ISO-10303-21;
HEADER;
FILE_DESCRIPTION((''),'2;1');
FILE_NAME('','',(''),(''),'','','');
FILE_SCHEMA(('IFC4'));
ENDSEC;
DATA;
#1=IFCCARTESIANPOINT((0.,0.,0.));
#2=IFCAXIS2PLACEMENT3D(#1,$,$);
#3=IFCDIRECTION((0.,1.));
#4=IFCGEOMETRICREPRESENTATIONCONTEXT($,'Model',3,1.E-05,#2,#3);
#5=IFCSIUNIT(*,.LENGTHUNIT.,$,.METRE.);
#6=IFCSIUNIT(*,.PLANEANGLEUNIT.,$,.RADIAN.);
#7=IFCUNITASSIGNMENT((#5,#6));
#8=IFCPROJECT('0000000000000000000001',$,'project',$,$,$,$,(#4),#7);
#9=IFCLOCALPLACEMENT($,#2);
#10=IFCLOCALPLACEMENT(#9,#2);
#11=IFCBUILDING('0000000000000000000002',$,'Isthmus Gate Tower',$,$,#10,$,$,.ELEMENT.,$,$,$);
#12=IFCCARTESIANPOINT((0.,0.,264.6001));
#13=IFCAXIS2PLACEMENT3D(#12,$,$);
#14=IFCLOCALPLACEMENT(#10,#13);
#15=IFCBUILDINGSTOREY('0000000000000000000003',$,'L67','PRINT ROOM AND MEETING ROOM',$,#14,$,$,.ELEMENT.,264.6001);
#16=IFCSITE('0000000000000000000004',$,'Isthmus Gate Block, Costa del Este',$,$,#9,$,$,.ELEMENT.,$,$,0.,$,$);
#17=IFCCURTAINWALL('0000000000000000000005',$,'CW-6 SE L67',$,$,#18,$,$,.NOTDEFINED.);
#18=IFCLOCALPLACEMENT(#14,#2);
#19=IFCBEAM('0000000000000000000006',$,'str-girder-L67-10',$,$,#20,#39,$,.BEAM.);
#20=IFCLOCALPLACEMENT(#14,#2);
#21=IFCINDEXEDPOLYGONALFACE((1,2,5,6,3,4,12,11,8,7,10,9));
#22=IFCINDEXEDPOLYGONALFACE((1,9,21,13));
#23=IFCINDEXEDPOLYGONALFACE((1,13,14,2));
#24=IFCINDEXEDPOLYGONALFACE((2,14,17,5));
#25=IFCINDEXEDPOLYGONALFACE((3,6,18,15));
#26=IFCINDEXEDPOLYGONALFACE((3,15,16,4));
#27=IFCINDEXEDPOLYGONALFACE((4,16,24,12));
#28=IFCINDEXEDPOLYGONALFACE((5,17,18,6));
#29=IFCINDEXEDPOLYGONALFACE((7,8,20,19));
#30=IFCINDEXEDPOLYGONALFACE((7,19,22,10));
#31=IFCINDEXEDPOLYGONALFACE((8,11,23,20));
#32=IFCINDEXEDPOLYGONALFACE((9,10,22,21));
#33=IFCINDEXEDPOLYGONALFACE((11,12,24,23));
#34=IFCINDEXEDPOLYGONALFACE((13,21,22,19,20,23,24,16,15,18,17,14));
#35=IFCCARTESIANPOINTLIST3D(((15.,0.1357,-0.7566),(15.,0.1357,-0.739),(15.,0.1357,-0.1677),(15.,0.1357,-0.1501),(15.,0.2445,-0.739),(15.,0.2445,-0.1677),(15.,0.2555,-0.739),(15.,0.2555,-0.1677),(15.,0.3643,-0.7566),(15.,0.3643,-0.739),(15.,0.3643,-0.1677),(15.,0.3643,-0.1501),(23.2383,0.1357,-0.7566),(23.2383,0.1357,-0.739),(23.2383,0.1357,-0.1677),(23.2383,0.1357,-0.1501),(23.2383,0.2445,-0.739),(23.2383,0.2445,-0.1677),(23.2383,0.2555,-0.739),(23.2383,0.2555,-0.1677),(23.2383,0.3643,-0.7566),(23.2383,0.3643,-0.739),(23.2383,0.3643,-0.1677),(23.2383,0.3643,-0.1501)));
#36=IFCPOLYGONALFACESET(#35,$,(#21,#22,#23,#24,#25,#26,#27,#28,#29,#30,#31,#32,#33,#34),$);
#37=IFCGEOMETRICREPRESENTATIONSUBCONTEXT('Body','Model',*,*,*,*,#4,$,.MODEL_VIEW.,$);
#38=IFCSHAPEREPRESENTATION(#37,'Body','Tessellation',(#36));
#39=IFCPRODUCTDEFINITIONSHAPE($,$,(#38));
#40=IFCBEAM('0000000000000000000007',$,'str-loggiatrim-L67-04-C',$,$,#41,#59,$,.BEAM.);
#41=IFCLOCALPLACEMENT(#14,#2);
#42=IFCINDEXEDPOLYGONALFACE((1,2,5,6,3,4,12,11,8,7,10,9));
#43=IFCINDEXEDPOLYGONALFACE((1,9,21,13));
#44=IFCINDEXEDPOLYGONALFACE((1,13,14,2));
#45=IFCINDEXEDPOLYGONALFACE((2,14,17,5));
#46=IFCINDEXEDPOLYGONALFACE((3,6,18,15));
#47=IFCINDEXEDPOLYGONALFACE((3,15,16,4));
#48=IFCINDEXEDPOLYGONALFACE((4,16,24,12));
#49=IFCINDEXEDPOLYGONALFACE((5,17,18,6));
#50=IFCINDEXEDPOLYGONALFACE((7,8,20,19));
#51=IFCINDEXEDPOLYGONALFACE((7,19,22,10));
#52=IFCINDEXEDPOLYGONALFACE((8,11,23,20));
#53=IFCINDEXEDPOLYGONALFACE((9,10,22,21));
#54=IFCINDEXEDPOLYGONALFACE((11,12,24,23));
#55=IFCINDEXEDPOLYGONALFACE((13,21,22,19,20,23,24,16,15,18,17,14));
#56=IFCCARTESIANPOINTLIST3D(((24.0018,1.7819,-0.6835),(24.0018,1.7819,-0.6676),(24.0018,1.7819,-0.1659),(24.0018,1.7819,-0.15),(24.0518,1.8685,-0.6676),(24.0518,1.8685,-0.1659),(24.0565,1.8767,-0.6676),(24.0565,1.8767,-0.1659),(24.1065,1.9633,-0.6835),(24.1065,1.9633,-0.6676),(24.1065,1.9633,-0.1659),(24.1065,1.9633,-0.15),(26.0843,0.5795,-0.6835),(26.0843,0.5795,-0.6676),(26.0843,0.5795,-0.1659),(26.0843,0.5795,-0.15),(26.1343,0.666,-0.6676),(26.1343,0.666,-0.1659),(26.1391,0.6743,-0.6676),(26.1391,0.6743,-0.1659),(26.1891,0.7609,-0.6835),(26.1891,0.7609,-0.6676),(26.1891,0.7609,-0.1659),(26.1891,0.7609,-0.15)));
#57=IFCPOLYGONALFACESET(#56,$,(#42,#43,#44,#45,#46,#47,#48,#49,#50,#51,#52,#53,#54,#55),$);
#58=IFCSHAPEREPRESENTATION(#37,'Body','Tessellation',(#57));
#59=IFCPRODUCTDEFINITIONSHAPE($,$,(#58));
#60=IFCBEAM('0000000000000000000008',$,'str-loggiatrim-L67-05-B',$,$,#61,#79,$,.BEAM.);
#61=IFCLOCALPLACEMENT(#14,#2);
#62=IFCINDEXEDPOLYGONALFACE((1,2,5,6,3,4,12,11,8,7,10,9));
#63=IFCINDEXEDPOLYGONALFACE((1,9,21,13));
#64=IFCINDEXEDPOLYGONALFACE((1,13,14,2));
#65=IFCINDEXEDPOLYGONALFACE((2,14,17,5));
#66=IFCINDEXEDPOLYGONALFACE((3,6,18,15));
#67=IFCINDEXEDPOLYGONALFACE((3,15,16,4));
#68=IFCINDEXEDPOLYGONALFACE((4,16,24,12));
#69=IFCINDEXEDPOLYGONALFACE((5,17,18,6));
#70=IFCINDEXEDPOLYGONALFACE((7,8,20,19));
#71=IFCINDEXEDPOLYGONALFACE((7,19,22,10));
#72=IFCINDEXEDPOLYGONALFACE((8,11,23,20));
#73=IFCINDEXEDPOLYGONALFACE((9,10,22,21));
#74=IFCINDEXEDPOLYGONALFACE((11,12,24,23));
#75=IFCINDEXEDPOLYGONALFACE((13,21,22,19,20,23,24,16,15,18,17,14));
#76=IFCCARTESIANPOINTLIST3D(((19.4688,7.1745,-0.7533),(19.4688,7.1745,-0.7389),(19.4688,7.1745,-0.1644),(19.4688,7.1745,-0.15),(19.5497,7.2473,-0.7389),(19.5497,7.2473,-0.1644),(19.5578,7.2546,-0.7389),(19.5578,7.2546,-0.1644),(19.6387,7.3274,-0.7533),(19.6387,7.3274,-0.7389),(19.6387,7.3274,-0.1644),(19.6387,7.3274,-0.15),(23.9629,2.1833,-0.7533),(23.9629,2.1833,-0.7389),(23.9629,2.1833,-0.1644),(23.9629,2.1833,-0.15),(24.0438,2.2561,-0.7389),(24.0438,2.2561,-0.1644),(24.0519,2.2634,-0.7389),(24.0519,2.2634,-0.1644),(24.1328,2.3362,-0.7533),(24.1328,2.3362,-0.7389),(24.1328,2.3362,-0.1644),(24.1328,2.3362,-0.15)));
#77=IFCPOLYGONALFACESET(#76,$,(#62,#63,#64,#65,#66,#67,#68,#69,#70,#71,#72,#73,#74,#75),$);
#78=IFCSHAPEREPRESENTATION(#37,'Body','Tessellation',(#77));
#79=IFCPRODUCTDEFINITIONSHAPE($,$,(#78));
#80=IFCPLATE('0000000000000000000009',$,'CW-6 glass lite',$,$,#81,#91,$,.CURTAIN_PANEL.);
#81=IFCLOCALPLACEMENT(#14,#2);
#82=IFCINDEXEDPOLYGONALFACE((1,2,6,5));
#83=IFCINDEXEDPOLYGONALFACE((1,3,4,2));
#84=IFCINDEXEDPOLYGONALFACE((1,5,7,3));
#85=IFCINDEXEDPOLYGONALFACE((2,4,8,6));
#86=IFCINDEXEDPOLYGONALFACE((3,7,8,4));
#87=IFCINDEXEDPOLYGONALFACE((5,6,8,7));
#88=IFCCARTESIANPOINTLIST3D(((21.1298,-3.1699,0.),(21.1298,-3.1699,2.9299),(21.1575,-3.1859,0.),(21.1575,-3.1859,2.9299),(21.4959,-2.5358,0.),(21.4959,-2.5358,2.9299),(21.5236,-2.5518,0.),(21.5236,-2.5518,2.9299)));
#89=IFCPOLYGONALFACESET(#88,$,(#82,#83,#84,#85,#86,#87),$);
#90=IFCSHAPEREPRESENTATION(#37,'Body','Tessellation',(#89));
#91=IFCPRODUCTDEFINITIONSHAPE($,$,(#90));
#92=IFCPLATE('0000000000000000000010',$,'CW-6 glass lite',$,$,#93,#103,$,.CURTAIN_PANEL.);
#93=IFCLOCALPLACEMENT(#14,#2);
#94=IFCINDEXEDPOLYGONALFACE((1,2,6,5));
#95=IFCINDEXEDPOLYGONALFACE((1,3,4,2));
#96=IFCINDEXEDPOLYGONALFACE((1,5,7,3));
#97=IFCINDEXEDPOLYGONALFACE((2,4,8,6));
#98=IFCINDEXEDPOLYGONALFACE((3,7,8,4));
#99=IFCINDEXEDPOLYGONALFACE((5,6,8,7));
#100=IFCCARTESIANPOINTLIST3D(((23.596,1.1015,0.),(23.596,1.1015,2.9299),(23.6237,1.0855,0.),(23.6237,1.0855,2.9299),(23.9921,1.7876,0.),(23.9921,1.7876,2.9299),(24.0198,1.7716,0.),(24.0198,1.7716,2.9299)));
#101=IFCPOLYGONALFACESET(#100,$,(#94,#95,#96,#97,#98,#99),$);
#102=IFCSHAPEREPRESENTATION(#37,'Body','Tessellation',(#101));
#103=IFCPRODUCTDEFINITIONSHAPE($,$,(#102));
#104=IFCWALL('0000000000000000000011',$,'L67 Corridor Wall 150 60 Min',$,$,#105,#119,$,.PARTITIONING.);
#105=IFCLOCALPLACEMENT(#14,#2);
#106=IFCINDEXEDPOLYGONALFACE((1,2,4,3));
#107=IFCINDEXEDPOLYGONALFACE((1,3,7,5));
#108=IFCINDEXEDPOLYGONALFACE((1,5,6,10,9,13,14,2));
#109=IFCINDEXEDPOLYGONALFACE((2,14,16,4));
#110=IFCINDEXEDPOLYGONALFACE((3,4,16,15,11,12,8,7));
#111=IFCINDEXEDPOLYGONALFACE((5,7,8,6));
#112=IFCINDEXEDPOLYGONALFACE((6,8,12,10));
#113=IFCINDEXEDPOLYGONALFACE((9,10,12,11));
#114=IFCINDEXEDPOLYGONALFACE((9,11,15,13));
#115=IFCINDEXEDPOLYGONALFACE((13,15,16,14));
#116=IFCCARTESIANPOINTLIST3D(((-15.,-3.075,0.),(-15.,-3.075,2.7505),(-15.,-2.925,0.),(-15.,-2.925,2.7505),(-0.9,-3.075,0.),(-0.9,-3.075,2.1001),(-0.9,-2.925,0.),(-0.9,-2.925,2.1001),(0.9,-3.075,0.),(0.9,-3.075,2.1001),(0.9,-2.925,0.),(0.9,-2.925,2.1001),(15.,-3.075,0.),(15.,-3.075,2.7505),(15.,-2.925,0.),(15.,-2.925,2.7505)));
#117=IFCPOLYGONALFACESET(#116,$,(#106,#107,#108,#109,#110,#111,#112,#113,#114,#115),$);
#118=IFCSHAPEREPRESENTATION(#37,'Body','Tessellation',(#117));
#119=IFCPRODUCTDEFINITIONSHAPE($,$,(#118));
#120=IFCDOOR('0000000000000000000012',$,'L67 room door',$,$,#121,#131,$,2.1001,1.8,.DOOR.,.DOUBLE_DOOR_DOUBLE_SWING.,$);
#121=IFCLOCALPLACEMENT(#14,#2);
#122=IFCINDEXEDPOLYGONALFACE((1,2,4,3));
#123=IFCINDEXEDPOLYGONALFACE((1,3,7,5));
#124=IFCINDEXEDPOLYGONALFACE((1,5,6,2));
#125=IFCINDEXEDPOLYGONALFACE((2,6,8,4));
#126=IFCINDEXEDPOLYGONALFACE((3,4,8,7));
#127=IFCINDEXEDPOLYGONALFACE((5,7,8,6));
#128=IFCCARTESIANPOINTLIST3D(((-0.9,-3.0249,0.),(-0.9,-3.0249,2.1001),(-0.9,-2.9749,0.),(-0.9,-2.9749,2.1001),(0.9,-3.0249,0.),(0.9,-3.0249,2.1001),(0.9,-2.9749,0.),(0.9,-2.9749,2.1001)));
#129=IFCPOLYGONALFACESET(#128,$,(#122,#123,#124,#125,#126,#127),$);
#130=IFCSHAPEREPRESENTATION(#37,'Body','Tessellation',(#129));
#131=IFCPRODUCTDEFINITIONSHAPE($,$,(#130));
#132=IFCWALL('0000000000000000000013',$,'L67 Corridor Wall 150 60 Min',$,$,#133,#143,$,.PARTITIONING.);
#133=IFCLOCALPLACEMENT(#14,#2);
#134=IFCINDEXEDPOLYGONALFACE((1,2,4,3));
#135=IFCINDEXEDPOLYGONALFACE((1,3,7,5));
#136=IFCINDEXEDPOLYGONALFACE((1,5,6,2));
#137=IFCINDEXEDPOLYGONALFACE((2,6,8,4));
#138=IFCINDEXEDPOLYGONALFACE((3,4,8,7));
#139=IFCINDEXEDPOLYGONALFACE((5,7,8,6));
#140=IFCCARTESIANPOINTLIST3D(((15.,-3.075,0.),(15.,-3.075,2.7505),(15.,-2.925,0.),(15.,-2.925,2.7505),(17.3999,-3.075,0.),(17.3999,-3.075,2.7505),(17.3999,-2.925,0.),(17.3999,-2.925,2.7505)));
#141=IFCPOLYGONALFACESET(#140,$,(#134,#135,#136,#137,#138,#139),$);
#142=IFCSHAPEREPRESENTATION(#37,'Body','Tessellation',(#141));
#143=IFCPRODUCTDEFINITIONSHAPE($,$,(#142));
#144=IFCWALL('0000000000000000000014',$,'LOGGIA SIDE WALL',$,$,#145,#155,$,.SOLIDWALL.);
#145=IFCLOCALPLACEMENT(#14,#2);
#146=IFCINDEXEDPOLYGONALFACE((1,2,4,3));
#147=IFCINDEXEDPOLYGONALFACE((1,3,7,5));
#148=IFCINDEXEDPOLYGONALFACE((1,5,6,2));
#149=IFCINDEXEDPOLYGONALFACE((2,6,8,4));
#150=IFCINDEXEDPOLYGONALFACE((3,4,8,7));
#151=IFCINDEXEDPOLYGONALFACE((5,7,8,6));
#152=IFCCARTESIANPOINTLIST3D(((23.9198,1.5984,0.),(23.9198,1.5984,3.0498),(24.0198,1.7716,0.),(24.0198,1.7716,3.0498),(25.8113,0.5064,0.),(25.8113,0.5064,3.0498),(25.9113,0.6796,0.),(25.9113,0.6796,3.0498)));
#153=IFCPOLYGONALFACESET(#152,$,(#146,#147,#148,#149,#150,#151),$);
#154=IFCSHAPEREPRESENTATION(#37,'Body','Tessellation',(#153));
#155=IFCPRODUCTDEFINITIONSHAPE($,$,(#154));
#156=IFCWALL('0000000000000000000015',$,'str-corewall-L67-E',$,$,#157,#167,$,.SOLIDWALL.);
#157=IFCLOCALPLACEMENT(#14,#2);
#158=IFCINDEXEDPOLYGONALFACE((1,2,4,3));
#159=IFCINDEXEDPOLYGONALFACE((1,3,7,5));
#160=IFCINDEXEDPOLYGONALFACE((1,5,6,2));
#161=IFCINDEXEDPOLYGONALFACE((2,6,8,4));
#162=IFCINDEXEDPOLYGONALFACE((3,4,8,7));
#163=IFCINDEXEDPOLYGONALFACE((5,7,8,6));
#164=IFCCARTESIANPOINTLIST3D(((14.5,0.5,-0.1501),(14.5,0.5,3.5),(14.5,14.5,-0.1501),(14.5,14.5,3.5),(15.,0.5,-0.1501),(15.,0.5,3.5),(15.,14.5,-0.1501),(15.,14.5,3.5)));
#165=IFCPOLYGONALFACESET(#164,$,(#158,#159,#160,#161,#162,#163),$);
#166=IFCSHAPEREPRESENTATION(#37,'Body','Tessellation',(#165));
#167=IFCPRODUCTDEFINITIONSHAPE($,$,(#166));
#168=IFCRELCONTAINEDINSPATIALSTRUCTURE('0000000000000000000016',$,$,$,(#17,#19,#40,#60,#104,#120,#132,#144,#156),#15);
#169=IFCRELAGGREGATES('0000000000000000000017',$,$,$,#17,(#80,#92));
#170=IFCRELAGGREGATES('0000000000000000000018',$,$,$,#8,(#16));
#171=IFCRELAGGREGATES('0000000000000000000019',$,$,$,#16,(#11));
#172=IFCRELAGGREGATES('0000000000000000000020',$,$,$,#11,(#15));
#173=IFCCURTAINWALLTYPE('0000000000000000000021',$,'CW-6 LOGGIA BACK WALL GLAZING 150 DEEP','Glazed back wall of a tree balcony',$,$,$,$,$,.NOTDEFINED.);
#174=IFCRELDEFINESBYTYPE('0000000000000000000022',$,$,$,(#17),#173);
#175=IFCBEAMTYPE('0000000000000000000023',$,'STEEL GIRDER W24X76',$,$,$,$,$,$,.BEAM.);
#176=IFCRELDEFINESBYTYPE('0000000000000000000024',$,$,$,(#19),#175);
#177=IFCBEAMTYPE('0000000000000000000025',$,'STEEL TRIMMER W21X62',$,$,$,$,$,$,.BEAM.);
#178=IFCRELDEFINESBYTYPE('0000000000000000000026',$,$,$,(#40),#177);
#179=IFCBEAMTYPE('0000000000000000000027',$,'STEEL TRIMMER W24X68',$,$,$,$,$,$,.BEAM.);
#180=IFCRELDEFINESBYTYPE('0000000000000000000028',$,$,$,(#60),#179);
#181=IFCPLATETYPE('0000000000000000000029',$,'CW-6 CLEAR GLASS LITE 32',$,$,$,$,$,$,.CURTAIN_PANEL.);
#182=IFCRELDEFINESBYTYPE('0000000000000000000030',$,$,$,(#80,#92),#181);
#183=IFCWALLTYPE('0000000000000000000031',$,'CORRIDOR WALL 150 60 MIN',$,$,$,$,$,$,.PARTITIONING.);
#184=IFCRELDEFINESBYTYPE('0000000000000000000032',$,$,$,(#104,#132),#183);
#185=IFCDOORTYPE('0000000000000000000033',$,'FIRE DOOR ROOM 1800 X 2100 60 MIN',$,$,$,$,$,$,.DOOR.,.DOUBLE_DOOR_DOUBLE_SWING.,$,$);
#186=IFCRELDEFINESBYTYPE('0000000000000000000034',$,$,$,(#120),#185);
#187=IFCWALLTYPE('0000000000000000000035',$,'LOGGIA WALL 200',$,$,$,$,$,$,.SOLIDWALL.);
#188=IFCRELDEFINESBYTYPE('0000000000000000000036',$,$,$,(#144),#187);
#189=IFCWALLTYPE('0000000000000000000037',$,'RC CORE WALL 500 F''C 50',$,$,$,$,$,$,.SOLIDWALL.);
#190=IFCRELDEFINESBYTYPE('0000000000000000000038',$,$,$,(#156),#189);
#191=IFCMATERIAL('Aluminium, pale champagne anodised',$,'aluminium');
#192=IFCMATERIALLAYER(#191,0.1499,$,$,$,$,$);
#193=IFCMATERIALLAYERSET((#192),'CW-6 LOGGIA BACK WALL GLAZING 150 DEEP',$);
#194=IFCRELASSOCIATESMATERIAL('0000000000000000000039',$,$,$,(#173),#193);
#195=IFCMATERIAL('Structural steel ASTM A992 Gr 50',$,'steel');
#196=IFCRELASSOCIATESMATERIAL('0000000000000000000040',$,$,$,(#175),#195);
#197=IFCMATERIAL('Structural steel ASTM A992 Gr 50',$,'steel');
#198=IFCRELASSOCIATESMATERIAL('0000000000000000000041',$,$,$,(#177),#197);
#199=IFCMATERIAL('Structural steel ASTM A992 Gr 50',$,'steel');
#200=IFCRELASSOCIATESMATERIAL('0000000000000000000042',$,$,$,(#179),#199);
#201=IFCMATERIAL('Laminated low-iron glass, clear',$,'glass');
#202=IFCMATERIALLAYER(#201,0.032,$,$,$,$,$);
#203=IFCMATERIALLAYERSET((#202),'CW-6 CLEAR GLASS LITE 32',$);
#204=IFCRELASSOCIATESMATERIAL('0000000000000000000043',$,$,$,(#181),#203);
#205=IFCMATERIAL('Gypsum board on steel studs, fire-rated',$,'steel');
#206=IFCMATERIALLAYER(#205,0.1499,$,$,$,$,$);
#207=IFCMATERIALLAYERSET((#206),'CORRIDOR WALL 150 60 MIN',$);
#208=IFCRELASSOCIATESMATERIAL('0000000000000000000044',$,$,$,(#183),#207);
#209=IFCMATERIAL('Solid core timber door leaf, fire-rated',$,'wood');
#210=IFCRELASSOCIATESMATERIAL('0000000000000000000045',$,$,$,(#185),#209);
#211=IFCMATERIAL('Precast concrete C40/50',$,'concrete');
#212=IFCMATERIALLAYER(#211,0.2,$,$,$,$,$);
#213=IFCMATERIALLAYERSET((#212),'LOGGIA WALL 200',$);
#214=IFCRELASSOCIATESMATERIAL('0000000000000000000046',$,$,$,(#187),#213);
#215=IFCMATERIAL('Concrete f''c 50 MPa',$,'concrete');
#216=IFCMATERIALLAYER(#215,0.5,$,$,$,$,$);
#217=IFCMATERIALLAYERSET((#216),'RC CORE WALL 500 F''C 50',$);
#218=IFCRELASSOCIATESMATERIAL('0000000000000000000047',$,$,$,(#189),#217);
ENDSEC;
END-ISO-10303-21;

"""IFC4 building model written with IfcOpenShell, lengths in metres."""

from ifc_helpers import new_model, si_unit, direction, frame, frame_2d, origin, origin_2d, place, context, subcontext, project, spatial, rectangle, i_section, extrude, material, layer, layer_set, material_profile, profile_set, type_object, element, fill, aggregate, save


model = new_model("IFC4")

# Units and contexts
model_context = context("Model", 3, precision=1e-05, world=origin(), true_north=direction((0.0, 1.0)))
body_context = subcontext(model_context, "Body", "Model", "MODEL_VIEW")
ifc_project = project(units=[si_unit("LENGTHUNIT", "METRE"), si_unit("PLANEANGLEUNIT", "RADIAN")], contexts=[model_context])

# Site, building, storey
site_placement = place(None, origin())
site = spatial("IfcSite", under=ifc_project, at=site_placement, Name="Isthmus Gate Block, Costa del Este", CompositionType="ELEMENT", RefElevation=0.0)
building_placement = place(site_placement, origin())
building = spatial("IfcBuilding", under=site, at=building_placement, Name="Isthmus Gate Tower", CompositionType="ELEMENT")
storey_placement = place(building_placement, frame((0.0, 0.0, 264.6001)))
storey = spatial("IfcBuildingStorey", under=building, at=storey_placement, Name="L67", Description="PRINT ROOM AND MEETING ROOM", CompositionType="ELEMENT", Elevation=264.6001)

# Shared definitions
ifc_material_1 = material(Name="Aluminium, pale champagne anodised", Category="aluminium")
ifc_layer_1 = layer(ifc_material_1, 0.1499)
ifc_layer_set_1 = layer_set([ifc_layer_1], Name="CW-6 LOGGIA BACK WALL GLAZING 150 DEEP")
curtain_wall_type_1 = type_object("IfcCurtainWallType", Name="CW-6 LOGGIA BACK WALL GLAZING 150 DEEP", Description="Glazed back wall of a tree balcony", PredefinedType="NOTDEFINED", material=ifc_layer_set_1)

# Curtain wall
curtain_wall_1_placement = place(storey_placement, origin())
curtain_wall_1 = element("IfcCurtainWall", 1, at=curtain_wall_1_placement, inside=storey, type_object=curtain_wall_type_1, Name="CW-6 SE L67", PredefinedType="NOTDEFINED")

# Beams
ifc_material_2 = material(Name="Structural steel ASTM A992 Gr 50", Category="steel")
ifc_material_profile_1 = material_profile(ifc_material_2, i_section(OverallWidth=0.2285, OverallDepth=0.6064, WebThickness=0.011, FlangeThickness=0.0176, at=origin_2d()), Name="W24X76")
ifc_profile_set_1 = profile_set([ifc_material_profile_1], Name="Structural steel ASTM A992 Gr 50")
beam_type_1 = type_object("IfcBeamType", Name="STEEL GIRDER W24X76", PredefinedType="BEAM", material=ifc_profile_set_1)
beam_1_placement = place(storey_placement, frame((15.0, 0.25, -0.4534), z_axis=(1.0, 0.0, 0.0), x_axis=(0.0, 1.0, 0.0)))
element("IfcBeam", 2, at=beam_1_placement, inside=storey, type_object=beam_type_1, Name="str-girder-L67-10", PredefinedType="BEAM", context=body_context, shape_type="SweptSolid", body=[
    extrude(i_section(OverallWidth=0.2285, OverallDepth=0.6064, WebThickness=0.011, FlangeThickness=0.0176, at=origin_2d()), origin(), (0.0, 0.0, 1.0), 8.2383),
])
ifc_material_3 = material(Name="Structural steel ASTM A992 Gr 50", Category="steel")
ifc_material_profile_2 = material_profile(ifc_material_3, i_section(OverallWidth=0.2095, OverallDepth=0.5334, WebThickness=0.0095, FlangeThickness=0.0159, at=origin_2d()), Name="W21X62")
ifc_profile_set_2 = profile_set([ifc_material_profile_2], Name="Structural steel ASTM A992 Gr 50")
beam_type_2 = type_object("IfcBeamType", Name="STEEL TRIMMER W21X62", PredefinedType="BEAM", material=ifc_profile_set_2)
beam_2_placement = place(storey_placement, frame((26.1367, 0.6702, -0.4167), z_axis=(-0.866017, 0.500015, 0.0), x_axis=(-0.500015, -0.866017, 0.0)))
element("IfcBeam", 3, at=beam_2_placement, inside=storey, type_object=beam_type_2, Name="str-loggiatrim-L67-04-C", PredefinedType="BEAM", context=body_context, shape_type="SweptSolid", body=[
    extrude(i_section(OverallWidth=0.2095, OverallDepth=0.5334, WebThickness=0.0095, FlangeThickness=0.0159, at=origin_2d()), origin(), (0.0, 0.0, 1.0), 2.4048),
])
ifc_material_4 = material(Name="Structural steel ASTM A992 Gr 50", Category="steel")
ifc_material_profile_3 = material_profile(ifc_material_4, i_section(OverallWidth=0.2285, OverallDepth=0.6033, WebThickness=0.011, FlangeThickness=0.0144, at=origin_2d()), Name="W24X68")
ifc_profile_set_3 = profile_set([ifc_material_profile_3], Name="Structural steel ASTM A992 Gr 50")
beam_type_3 = type_object("IfcBeamType", Name="STEEL TRIMMER W24X68", PredefinedType="BEAM", material=ifc_profile_set_3)
beam_3_placement = place(storey_placement, frame((24.0479, 2.2598, -0.4517), z_axis=(-0.669133, 0.743142, 0.0), x_axis=(-0.743142, -0.669133, 0.0)))
element("IfcBeam", 4, at=beam_3_placement, inside=storey, type_object=beam_type_3, Name="str-loggiatrim-L67-05-B", PredefinedType="BEAM", context=body_context, shape_type="SweptSolid", body=[
    extrude(i_section(OverallWidth=0.2285, OverallDepth=0.6033, WebThickness=0.011, FlangeThickness=0.0144, at=origin_2d()), origin(), (0.0, 0.0, 1.0), 6.7163),
])

# Plates
ifc_material_5 = material(Name="Laminated low-iron glass, clear", Category="glass")
ifc_layer_2 = layer(ifc_material_5, 0.032)
ifc_layer_set_2 = layer_set([ifc_layer_2], Name="CW-6 CLEAR GLASS LITE 32")
plate_type = type_object("IfcPlateType", Name="CW-6 CLEAR GLASS LITE 32", PredefinedType="CURTAIN_PANEL", material=ifc_layer_set_2)
plate_1_placement = place(storey_placement, frame((21.3267, -2.8608, 0.0), z_axis=(0.0, 0.0, 1.0), x_axis=(0.5, 0.866025, 0.0)))
plate_1 = element("IfcPlate", 5, at=plate_1_placement, type_object=plate_type, Name="CW-6 glass lite", PredefinedType="CURTAIN_PANEL", context=body_context, shape_type="SweptSolid", body=[
    extrude(rectangle(XDim=0.7322, YDim=0.032, at=origin_2d()), origin(), (0.0, 0.0, 1.0), 2.9299),
])
plate_2_placement = place(storey_placement, frame((23.8079, 1.4365, 0.0), z_axis=(0.0, 0.0, 1.0), x_axis=(0.5, 0.866025, 0.0)))
plate_2 = element("IfcPlate", 6, at=plate_2_placement, type_object=plate_type, Name="CW-6 glass lite", PredefinedType="CURTAIN_PANEL", context=body_context, shape_type="SweptSolid", body=[
    extrude(rectangle(XDim=0.7922, YDim=0.032, at=origin_2d()), origin(), (0.0, 0.0, 1.0), 2.9299),
])
aggregate(curtain_wall_1, [plate_1, plate_2])

# Wall, opening, door
ifc_material_6 = material(Name="Gypsum board on steel studs, fire-rated", Category="steel")
ifc_layer_3 = layer(ifc_material_6, 0.1499)
ifc_layer_set_3 = layer_set([ifc_layer_3], Name="CORRIDOR WALL 150 60 MIN")
wall_type_1 = type_object("IfcWallType", Name="CORRIDOR WALL 150 60 MIN", PredefinedType="PARTITIONING", material=ifc_layer_set_3)
wall_1_placement = place(storey_placement, frame((15.0, -3.0, 0.0), z_axis=(0.0, 0.0, 1.0), x_axis=(-1.0, 0.0, 0.0)))
wall_1 = element("IfcWall", 7, at=wall_1_placement, inside=storey, type_object=wall_type_1, Name="L67 Corridor Wall 150 60 Min", PredefinedType="PARTITIONING", context=body_context, shape_type="SweptSolid", body=[
    extrude(rectangle(XDim=30.0, YDim=0.1499, at=frame_2d((15.0, 0.0))), origin(), (0.0, 0.0, 1.0), 2.7505),
])
opening_1_placement = place(wall_1_placement, frame((14.1001, 0.0, 0.0)))
opening_1 = element("IfcOpeningElement", 8, at=opening_1_placement, cuts=wall_1, PredefinedType="OPENING", context=body_context, shape_type="SweptSolid", body=[
    extrude(rectangle(XDim=1.8, YDim=2.1001, at=frame_2d((0.8999, 1.05))), frame((0.0, 0.085, 0.0), z_axis=(0.0, -1.0, 0.0), x_axis=(1.0, 0.0, 0.0)), (0.0, 0.0, 1.0), 0.1699),
])
ifc_material_7 = material(Name="Solid core timber door leaf, fire-rated", Category="wood")
door_type_1 = type_object("IfcDoorType", Name="FIRE DOOR ROOM 1800 X 2100 60 MIN", OperationType="DOUBLE_DOOR_DOUBLE_SWING", PredefinedType="DOOR", material=ifc_material_7)
door_1_placement = place(opening_1_placement, origin())
door_1 = element("IfcDoor", 9, at=door_1_placement, inside=storey, type_object=door_type_1, Name="L67 room door", OperationType="DOUBLE_DOOR_DOUBLE_SWING", OverallHeight=2.1001, OverallWidth=1.8, PredefinedType="DOOR", context=body_context, shape_type="SweptSolid", body=[
    extrude(rectangle(XDim=1.8, YDim=2.1001, at=frame_2d((0.8999, 1.05))), frame((0.0, 0.0249, 0.0), z_axis=(0.0, -1.0, 0.0), x_axis=(1.0, 0.0, 0.0)), (0.0, 0.0, 1.0), 0.05),
])
fill(opening_1, door_1)

# Wall
wall_2_placement = place(storey_placement, frame((17.3999, -3.0, 0.0), z_axis=(0.0, 0.0, 1.0), x_axis=(-1.0, 0.0, 0.0)))
element("IfcWall", 10, at=wall_2_placement, inside=storey, type_object=wall_type_1, Name="L67 Corridor Wall 150 60 Min", PredefinedType="PARTITIONING", context=body_context, shape_type="SweptSolid", body=[
    extrude(rectangle(XDim=2.3999, YDim=0.1499, at=frame_2d((1.2, 0.0))), origin(), (0.0, 0.0, 1.0), 2.7505),
])

# Shared definitions
ifc_material_8 = material(Name="Precast concrete C40/50", Category="concrete")
ifc_layer_4 = layer(ifc_material_8, 0.2)
ifc_layer_set_4 = layer_set([ifc_layer_4], Name="LOGGIA WALL 200")
wall_type_2 = type_object("IfcWallType", Name="LOGGIA WALL 200", PredefinedType="SOLIDWALL", material=ifc_layer_set_4)

# Walls
wall_3_placement = place(storey_placement, frame((25.8613, 0.593, 0.0), z_axis=(0.0, 0.0, 1.0), x_axis=(-0.86604, 0.499974, 0.0)))
element("IfcWall", 11, at=wall_3_placement, inside=storey, type_object=wall_type_2, Name="LOGGIA SIDE WALL", PredefinedType="SOLIDWALL", context=body_context, shape_type="SweptSolid", body=[
    extrude(rectangle(XDim=2.1841, YDim=0.2, at=frame_2d((1.092, 0.0))), origin(), (0.0, 0.0, 1.0), 3.0498),
])
ifc_material_9 = material(Name="Concrete f'c 50 MPa", Category="concrete")
ifc_layer_5 = layer(ifc_material_9, 0.5)
ifc_layer_set_5 = layer_set([ifc_layer_5], Name="RC CORE WALL 500 F'C 50")
wall_type_3 = type_object("IfcWallType", Name="RC CORE WALL 500 F'C 50", PredefinedType="SOLIDWALL", material=ifc_layer_set_5)
wall_4_placement = place(storey_placement, frame((14.75, 0.5, -0.1501), z_axis=(0.0, 0.0, 1.0), x_axis=(0.0, 1.0, 0.0)))
element("IfcWall", 12, at=wall_4_placement, inside=storey, type_object=wall_type_3, Name="str-corewall-L67-E", PredefinedType="SOLIDWALL", context=body_context, shape_type="SweptSolid", body=[
    extrude(rectangle(XDim=14.0, YDim=0.5, at=frame_2d((7.0, 0.0))), origin(), (0.0, 0.0, 1.0), 3.6501),
])

save(model, "model.ifc")
